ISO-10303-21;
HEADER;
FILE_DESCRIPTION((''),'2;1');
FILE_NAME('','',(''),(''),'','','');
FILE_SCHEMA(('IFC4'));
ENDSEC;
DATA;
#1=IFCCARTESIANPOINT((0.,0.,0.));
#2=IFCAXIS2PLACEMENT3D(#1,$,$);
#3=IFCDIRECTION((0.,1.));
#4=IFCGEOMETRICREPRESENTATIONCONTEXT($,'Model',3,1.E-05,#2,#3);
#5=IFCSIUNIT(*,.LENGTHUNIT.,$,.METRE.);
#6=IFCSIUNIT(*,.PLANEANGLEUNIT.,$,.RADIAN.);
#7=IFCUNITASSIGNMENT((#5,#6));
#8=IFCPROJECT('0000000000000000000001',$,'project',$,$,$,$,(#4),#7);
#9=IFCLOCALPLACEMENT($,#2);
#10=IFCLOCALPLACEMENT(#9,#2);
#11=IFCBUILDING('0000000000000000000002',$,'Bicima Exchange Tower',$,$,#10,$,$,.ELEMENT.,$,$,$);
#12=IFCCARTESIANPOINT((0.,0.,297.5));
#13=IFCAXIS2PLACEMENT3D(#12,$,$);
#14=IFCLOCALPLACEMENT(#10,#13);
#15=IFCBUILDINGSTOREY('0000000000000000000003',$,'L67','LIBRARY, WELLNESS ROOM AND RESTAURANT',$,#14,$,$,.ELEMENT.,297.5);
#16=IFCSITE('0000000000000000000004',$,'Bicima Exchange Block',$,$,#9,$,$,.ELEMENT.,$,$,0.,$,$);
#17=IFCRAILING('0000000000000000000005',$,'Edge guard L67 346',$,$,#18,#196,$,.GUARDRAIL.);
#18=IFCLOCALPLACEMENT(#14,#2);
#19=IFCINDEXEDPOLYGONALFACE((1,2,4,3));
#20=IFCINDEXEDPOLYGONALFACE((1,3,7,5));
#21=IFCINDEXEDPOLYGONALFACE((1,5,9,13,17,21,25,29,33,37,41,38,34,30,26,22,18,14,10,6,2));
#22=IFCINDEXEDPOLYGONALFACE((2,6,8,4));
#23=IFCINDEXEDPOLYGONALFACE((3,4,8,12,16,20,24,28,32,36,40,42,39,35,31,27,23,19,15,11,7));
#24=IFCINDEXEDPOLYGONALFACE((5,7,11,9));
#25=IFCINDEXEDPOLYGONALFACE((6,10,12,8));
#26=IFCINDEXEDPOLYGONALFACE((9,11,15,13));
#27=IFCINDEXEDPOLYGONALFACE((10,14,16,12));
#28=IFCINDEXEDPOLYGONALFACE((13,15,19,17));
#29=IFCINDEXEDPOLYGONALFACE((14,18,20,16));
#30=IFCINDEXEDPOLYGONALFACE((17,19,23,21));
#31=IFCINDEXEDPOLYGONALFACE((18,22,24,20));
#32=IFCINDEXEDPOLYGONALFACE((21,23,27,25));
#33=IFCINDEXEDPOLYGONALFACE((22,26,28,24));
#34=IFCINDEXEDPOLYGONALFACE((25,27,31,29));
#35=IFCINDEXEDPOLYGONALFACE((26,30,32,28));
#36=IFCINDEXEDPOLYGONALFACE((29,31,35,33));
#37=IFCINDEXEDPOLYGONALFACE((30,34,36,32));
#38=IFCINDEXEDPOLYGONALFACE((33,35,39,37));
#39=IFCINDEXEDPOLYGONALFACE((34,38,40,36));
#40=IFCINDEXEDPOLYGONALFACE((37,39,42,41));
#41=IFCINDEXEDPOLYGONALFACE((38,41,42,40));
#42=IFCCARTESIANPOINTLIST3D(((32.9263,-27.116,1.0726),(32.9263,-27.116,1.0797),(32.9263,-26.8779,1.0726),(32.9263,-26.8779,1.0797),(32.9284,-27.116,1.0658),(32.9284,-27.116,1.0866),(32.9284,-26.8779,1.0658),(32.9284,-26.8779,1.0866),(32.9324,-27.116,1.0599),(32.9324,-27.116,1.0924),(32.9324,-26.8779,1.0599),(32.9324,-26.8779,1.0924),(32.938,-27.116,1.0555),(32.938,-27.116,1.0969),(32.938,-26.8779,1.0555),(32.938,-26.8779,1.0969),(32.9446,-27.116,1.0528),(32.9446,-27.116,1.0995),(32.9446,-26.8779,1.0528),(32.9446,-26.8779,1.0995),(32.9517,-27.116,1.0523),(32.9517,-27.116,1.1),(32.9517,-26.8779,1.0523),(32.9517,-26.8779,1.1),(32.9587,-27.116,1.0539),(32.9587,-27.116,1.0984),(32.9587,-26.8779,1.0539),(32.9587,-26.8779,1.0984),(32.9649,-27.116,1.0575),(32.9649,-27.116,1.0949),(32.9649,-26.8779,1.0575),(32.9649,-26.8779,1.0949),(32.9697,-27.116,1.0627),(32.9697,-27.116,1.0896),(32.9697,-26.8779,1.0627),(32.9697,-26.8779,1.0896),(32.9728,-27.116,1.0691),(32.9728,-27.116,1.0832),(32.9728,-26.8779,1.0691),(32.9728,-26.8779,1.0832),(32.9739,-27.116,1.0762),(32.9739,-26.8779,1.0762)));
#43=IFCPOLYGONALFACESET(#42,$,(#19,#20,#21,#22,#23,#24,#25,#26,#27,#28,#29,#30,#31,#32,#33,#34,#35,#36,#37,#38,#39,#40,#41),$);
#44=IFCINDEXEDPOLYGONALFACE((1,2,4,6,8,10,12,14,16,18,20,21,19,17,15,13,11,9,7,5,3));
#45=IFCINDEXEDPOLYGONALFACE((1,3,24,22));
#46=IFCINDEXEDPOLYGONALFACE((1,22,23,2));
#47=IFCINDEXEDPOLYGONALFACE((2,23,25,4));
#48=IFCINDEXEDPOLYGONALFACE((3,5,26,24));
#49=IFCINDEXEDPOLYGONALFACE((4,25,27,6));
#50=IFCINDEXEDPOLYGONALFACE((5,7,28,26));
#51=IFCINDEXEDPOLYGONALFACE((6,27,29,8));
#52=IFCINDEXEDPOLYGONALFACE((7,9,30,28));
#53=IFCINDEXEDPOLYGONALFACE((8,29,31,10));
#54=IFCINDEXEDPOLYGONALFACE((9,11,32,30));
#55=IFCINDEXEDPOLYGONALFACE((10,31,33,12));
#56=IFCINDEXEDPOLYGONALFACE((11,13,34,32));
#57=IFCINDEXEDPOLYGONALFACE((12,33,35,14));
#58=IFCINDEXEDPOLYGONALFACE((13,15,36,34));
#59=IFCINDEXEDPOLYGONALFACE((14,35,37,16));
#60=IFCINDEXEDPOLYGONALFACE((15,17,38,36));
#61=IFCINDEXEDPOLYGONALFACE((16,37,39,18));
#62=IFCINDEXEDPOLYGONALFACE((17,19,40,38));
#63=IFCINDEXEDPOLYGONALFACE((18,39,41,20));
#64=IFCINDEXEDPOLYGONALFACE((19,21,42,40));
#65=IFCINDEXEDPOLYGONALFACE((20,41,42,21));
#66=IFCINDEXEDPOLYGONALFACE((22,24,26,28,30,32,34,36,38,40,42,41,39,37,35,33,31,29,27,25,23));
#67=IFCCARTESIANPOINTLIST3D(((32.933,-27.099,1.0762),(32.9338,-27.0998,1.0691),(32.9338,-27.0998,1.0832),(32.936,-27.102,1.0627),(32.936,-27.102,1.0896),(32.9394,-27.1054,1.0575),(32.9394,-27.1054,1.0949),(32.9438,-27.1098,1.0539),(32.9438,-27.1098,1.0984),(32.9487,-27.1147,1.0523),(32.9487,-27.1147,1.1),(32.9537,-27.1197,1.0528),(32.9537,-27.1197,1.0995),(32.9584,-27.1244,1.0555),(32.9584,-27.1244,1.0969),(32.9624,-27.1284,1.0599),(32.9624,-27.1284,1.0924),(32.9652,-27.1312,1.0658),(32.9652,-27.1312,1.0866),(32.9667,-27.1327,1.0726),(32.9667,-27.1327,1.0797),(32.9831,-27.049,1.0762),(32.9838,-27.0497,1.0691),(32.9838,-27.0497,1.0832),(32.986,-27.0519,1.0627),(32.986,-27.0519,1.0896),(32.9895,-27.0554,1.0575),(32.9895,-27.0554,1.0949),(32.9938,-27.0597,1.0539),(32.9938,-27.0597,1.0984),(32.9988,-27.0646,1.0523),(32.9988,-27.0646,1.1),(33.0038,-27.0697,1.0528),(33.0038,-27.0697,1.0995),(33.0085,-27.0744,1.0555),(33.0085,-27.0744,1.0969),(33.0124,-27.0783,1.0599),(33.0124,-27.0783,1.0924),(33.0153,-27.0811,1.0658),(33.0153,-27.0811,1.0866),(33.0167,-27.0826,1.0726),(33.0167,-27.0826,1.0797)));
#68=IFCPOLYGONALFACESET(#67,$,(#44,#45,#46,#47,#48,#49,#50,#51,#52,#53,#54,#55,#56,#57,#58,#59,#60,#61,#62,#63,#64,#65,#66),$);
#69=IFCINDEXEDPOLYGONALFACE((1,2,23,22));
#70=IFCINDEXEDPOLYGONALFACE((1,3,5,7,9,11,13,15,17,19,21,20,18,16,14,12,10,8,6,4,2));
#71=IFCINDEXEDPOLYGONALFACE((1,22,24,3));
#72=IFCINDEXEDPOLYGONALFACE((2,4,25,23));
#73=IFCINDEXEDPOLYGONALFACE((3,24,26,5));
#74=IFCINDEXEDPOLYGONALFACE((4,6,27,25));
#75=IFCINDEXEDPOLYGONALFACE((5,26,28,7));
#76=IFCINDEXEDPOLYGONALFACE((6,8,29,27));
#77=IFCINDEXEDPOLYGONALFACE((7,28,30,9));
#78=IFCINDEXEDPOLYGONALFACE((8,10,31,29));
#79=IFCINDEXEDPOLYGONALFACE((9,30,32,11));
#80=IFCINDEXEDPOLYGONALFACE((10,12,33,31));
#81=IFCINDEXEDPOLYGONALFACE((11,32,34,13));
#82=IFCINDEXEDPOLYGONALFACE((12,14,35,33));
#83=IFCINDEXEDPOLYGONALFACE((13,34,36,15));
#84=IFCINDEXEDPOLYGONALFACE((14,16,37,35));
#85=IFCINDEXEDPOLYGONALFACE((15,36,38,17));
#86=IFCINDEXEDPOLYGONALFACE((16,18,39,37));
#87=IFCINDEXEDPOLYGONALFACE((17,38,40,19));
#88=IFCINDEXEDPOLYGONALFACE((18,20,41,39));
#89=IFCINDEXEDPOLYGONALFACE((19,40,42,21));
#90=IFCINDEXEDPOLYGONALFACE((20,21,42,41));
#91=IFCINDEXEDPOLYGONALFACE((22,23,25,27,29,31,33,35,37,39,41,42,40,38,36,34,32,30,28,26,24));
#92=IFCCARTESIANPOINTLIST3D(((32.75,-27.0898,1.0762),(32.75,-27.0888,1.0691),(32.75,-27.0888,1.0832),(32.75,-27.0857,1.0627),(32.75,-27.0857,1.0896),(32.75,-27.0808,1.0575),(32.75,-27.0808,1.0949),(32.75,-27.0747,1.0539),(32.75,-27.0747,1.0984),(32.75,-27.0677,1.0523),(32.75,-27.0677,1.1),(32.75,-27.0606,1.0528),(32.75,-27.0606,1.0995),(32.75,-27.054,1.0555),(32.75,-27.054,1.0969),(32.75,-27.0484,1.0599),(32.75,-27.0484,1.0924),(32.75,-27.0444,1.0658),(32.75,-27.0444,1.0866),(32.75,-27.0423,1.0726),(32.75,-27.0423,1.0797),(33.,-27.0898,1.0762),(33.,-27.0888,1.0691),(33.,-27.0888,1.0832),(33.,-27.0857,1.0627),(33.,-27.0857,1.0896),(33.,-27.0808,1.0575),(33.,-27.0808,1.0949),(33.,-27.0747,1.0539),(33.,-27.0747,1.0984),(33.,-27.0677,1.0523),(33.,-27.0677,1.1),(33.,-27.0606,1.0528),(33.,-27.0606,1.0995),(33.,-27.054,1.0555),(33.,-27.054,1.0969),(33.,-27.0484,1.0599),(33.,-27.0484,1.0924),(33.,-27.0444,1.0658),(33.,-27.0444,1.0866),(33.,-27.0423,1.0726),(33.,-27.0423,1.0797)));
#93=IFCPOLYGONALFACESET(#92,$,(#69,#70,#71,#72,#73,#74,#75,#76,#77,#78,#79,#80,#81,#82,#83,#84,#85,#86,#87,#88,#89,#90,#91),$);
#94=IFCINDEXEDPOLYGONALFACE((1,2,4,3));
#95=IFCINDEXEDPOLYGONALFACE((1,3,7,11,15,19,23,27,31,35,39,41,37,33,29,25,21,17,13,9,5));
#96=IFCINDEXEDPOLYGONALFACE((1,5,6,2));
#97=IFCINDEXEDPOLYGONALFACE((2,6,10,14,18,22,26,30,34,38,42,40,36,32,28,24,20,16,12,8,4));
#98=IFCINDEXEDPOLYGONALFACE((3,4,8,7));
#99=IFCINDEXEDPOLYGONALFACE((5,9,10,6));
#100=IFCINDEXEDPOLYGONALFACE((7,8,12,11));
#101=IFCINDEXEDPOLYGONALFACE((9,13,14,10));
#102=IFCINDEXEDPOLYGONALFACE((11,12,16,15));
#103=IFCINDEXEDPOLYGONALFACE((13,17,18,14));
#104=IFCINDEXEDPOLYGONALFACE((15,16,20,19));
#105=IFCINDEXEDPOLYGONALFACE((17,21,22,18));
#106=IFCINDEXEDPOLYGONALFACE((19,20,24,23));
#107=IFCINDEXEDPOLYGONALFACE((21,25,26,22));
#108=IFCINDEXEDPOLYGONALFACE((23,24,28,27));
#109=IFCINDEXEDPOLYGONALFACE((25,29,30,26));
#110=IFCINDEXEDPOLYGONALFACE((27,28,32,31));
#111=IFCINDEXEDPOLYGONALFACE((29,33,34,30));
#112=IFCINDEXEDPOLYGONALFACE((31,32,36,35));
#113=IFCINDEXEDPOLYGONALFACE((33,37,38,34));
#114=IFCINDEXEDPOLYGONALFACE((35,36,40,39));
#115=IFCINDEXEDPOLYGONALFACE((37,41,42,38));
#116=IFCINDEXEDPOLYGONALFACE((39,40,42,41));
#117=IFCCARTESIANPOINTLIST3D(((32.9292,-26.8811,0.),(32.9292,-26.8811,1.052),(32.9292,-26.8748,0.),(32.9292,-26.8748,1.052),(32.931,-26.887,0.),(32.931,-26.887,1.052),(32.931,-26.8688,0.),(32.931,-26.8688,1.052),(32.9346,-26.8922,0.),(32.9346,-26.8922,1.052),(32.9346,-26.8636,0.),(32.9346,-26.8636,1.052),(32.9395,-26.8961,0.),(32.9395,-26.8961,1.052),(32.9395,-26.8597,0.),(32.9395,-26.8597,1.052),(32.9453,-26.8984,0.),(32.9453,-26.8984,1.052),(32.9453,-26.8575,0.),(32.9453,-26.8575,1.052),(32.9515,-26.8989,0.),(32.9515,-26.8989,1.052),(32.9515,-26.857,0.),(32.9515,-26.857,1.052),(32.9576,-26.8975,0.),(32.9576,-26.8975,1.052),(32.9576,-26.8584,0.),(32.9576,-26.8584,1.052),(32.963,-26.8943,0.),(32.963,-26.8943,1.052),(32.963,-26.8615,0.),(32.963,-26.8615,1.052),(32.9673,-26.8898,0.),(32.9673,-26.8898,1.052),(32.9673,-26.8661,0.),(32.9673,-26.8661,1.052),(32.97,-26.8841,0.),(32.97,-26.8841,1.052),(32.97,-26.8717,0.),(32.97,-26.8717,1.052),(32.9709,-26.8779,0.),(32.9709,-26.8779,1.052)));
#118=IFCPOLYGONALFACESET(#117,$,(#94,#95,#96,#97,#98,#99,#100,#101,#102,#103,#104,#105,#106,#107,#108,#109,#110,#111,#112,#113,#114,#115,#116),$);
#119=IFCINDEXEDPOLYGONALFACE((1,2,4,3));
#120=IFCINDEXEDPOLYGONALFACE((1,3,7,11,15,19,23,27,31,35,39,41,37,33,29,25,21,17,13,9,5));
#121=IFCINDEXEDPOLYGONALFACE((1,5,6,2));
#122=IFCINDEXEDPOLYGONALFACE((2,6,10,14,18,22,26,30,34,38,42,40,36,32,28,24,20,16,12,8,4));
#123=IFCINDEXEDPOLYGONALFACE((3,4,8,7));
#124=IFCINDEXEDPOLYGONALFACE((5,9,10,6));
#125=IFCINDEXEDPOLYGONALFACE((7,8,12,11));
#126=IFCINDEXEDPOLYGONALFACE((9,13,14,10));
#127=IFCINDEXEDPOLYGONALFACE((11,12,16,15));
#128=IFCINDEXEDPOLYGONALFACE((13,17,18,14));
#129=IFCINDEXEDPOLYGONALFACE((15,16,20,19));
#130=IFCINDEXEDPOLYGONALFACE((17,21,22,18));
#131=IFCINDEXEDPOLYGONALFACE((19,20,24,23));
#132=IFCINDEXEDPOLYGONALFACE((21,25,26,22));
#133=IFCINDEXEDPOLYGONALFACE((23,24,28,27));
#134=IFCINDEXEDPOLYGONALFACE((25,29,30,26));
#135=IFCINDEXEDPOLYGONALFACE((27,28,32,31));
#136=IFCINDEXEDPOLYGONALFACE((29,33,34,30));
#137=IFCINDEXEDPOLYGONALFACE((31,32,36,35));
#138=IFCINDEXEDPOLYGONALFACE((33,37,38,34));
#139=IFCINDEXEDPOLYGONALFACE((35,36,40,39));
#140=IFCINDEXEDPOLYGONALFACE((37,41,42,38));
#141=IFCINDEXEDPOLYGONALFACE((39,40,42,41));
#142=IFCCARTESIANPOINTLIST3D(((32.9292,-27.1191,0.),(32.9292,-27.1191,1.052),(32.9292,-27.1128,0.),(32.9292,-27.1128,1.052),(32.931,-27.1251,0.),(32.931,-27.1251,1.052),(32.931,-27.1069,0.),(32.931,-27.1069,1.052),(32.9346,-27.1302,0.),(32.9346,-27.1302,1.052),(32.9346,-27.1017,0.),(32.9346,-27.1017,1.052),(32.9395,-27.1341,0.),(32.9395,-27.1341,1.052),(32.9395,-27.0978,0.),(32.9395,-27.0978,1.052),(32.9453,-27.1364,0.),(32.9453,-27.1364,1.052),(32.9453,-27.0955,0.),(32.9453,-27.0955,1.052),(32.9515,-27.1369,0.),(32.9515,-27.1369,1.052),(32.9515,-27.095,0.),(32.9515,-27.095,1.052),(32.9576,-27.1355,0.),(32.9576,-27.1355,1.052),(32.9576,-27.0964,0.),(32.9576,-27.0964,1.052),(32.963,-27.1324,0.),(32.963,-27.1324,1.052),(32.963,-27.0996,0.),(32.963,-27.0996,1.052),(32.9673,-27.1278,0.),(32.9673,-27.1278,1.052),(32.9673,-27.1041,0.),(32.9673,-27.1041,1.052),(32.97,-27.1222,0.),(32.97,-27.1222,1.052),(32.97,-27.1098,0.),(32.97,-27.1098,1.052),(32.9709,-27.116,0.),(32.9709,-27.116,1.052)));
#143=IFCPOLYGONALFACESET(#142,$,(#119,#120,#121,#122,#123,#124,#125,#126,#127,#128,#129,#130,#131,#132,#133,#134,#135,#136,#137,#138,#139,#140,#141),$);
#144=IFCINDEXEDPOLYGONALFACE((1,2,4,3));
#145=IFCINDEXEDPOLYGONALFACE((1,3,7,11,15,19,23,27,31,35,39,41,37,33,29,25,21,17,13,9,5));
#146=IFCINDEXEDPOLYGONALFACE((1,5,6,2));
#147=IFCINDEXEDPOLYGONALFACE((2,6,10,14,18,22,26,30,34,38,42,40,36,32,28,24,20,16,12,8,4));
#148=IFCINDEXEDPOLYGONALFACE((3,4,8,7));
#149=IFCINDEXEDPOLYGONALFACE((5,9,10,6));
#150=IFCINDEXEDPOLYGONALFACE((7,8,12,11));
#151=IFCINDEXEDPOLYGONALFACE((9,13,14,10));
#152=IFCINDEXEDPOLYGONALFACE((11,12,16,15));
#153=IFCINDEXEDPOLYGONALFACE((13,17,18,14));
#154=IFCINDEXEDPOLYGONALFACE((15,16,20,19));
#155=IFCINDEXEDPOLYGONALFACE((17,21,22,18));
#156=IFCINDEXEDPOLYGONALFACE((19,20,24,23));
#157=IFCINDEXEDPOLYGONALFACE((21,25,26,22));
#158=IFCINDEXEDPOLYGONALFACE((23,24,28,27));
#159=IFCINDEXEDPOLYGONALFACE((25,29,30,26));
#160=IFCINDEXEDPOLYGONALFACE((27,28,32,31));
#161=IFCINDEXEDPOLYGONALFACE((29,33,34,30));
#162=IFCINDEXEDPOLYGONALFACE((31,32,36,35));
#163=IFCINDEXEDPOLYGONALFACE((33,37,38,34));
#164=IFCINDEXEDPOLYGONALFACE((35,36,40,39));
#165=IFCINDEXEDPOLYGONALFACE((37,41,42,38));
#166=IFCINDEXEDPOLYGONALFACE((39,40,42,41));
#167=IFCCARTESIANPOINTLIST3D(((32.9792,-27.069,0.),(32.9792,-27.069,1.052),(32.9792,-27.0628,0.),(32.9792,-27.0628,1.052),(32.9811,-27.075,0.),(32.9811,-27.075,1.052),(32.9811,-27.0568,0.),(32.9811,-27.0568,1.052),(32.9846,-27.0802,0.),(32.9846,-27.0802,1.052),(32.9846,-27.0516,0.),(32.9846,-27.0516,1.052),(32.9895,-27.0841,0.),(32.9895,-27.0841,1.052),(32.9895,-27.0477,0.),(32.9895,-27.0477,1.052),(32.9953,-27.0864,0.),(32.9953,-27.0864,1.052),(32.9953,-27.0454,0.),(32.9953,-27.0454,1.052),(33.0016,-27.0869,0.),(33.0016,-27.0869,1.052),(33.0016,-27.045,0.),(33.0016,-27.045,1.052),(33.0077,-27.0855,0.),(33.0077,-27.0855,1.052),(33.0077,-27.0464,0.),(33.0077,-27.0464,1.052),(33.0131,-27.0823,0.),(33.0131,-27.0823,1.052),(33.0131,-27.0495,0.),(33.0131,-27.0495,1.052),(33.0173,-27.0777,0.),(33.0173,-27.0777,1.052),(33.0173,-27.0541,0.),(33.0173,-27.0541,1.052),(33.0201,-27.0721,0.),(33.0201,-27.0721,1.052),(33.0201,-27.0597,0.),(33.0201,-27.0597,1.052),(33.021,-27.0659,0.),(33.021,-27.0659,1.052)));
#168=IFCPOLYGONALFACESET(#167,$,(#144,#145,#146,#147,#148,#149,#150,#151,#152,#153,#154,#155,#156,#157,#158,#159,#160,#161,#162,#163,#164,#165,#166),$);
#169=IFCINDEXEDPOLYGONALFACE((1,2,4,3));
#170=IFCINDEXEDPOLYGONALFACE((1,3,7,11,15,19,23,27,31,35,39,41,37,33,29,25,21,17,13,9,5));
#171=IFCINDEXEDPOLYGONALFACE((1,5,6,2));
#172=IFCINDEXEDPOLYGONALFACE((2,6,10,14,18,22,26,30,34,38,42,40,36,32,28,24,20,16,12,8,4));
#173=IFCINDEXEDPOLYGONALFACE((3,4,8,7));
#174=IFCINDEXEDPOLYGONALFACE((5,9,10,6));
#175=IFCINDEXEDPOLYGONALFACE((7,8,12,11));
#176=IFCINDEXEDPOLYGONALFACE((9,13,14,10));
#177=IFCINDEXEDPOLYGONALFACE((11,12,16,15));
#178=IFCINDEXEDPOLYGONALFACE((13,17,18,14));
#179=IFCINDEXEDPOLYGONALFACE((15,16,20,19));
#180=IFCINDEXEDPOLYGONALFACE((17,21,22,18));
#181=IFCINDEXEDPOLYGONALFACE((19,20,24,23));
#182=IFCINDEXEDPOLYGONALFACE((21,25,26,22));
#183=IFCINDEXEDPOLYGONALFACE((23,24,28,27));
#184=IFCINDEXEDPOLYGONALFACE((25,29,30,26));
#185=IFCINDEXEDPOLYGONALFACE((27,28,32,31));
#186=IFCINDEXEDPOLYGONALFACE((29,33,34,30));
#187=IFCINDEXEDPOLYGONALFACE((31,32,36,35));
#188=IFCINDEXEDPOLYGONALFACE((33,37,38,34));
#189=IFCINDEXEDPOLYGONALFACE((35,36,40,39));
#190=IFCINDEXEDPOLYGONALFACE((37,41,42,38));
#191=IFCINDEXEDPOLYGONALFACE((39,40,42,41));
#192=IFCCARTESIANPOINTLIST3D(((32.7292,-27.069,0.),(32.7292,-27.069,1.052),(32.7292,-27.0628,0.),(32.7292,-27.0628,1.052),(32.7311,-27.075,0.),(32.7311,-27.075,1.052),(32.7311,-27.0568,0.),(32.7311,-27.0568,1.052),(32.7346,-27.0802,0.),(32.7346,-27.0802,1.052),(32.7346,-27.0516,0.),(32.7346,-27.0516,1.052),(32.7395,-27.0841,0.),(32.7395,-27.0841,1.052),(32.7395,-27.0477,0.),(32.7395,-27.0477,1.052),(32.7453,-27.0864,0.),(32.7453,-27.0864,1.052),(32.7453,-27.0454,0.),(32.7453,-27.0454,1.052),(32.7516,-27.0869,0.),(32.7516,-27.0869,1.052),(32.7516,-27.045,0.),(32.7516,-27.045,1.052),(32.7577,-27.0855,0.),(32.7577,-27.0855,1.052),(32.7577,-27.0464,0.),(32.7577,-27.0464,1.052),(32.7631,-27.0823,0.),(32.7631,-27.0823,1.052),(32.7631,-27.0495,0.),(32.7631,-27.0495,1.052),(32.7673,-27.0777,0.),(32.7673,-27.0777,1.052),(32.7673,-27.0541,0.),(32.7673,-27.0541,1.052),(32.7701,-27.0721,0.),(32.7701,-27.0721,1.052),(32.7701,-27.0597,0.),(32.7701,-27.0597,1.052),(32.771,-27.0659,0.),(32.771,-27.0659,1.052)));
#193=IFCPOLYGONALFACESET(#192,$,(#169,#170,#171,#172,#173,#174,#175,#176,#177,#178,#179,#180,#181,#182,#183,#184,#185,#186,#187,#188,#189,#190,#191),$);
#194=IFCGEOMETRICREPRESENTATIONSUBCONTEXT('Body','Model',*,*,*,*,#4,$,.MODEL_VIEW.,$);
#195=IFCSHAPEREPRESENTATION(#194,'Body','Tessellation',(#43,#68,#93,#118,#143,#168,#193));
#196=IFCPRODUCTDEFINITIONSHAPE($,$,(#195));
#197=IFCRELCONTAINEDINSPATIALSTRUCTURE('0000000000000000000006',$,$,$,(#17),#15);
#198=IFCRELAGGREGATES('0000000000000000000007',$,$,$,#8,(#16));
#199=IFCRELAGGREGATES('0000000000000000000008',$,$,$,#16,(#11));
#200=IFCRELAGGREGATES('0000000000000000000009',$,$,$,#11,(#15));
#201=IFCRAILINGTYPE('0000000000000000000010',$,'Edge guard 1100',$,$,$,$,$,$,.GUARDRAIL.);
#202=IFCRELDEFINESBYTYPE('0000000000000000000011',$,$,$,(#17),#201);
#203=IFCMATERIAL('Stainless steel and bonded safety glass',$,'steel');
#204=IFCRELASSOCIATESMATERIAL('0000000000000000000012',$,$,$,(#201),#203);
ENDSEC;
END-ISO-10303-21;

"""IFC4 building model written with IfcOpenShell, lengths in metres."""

from ifc_helpers import new_model, si_unit, direction, frame, origin, origin_2d, place, context, subcontext, project, spatial, circle, extrude, material, type_object, element, save


model = new_model("IFC4")

# Units and contexts
model_context = context("Model", 3, precision=1e-05, world=origin(), true_north=direction((0.0, 1.0)))
body_context = subcontext(model_context, "Body", "Model", "MODEL_VIEW")
ifc_project = project(units=[si_unit("LENGTHUNIT", "METRE"), si_unit("PLANEANGLEUNIT", "RADIAN")], contexts=[model_context])

# Site, building, storey
site_placement = place(None, origin())
site = spatial("IfcSite", under=ifc_project, at=site_placement, Name="Bicima Exchange Block", CompositionType="ELEMENT", RefElevation=0.0)
building_placement = place(site_placement, origin())
building = spatial("IfcBuilding", under=site, at=building_placement, Name="Bicima Exchange Tower", CompositionType="ELEMENT")
storey_placement = place(building_placement, frame((0.0, 0.0, 297.5)))
storey = spatial("IfcBuildingStorey", under=building, at=storey_placement, Name="L67", Description="LIBRARY, WELLNESS ROOM AND RESTAURANT", CompositionType="ELEMENT", Elevation=297.5)

# Railing
ifc_material_1 = material(Name="Stainless steel and bonded safety glass", Category="steel")
railing_type = type_object("IfcRailingType", Name="Edge guard 1100", PredefinedType="GUARDRAIL", material=ifc_material_1)
railing_1_placement = place(storey_placement, frame((32.95, -26.8779, 0.0)))
element("IfcRailing", 1, at=railing_1_placement, inside=storey, type_object=railing_type, Name="Edge guard L67 346", PredefinedType="GUARDRAIL", context=body_context, shape_type="SweptSolid", body=[
    extrude(circle(Radius=0.0239, at=origin_2d()), frame((0.0, 0.0, 1.0762), z_axis=(0.0, -1.0, 0.0), x_axis=(1.0, 0.0, 0.0)), (0.0, 0.0, 1.0), 0.238),
    extrude(circle(Radius=0.0239, at=origin_2d()), frame((0.0, -0.238, 1.0762), z_axis=(0.707107, 0.707107, 0.0), x_axis=(-0.707107, 0.707107, 0.0)), (0.0, 0.0, 1.0), 0.0708),
    extrude(circle(Radius=0.0239, at=origin_2d()), frame((0.05, -0.188, 1.0762), z_axis=(-1.0, 0.0, 0.0), x_axis=(0.0, -1.0, 0.0)), (0.0, 0.0, 1.0), 0.25),
    extrude(circle(Radius=0.021, at=origin_2d()), origin(), (0.0, 0.0, 1.0), 1.052),
    extrude(circle(Radius=0.021, at=origin_2d()), frame((0.0, -0.238, 0.0)), (0.0, 0.0, 1.0), 1.052),
    extrude(circle(Radius=0.021, at=origin_2d()), frame((0.05, -0.188, 0.0)), (0.0, 0.0, 1.0), 1.052),
    extrude(circle(Radius=0.021, at=origin_2d()), frame((-0.2, -0.188, 0.0)), (0.0, 0.0, 1.0), 1.052),
])

save(model, "model.ifc")
